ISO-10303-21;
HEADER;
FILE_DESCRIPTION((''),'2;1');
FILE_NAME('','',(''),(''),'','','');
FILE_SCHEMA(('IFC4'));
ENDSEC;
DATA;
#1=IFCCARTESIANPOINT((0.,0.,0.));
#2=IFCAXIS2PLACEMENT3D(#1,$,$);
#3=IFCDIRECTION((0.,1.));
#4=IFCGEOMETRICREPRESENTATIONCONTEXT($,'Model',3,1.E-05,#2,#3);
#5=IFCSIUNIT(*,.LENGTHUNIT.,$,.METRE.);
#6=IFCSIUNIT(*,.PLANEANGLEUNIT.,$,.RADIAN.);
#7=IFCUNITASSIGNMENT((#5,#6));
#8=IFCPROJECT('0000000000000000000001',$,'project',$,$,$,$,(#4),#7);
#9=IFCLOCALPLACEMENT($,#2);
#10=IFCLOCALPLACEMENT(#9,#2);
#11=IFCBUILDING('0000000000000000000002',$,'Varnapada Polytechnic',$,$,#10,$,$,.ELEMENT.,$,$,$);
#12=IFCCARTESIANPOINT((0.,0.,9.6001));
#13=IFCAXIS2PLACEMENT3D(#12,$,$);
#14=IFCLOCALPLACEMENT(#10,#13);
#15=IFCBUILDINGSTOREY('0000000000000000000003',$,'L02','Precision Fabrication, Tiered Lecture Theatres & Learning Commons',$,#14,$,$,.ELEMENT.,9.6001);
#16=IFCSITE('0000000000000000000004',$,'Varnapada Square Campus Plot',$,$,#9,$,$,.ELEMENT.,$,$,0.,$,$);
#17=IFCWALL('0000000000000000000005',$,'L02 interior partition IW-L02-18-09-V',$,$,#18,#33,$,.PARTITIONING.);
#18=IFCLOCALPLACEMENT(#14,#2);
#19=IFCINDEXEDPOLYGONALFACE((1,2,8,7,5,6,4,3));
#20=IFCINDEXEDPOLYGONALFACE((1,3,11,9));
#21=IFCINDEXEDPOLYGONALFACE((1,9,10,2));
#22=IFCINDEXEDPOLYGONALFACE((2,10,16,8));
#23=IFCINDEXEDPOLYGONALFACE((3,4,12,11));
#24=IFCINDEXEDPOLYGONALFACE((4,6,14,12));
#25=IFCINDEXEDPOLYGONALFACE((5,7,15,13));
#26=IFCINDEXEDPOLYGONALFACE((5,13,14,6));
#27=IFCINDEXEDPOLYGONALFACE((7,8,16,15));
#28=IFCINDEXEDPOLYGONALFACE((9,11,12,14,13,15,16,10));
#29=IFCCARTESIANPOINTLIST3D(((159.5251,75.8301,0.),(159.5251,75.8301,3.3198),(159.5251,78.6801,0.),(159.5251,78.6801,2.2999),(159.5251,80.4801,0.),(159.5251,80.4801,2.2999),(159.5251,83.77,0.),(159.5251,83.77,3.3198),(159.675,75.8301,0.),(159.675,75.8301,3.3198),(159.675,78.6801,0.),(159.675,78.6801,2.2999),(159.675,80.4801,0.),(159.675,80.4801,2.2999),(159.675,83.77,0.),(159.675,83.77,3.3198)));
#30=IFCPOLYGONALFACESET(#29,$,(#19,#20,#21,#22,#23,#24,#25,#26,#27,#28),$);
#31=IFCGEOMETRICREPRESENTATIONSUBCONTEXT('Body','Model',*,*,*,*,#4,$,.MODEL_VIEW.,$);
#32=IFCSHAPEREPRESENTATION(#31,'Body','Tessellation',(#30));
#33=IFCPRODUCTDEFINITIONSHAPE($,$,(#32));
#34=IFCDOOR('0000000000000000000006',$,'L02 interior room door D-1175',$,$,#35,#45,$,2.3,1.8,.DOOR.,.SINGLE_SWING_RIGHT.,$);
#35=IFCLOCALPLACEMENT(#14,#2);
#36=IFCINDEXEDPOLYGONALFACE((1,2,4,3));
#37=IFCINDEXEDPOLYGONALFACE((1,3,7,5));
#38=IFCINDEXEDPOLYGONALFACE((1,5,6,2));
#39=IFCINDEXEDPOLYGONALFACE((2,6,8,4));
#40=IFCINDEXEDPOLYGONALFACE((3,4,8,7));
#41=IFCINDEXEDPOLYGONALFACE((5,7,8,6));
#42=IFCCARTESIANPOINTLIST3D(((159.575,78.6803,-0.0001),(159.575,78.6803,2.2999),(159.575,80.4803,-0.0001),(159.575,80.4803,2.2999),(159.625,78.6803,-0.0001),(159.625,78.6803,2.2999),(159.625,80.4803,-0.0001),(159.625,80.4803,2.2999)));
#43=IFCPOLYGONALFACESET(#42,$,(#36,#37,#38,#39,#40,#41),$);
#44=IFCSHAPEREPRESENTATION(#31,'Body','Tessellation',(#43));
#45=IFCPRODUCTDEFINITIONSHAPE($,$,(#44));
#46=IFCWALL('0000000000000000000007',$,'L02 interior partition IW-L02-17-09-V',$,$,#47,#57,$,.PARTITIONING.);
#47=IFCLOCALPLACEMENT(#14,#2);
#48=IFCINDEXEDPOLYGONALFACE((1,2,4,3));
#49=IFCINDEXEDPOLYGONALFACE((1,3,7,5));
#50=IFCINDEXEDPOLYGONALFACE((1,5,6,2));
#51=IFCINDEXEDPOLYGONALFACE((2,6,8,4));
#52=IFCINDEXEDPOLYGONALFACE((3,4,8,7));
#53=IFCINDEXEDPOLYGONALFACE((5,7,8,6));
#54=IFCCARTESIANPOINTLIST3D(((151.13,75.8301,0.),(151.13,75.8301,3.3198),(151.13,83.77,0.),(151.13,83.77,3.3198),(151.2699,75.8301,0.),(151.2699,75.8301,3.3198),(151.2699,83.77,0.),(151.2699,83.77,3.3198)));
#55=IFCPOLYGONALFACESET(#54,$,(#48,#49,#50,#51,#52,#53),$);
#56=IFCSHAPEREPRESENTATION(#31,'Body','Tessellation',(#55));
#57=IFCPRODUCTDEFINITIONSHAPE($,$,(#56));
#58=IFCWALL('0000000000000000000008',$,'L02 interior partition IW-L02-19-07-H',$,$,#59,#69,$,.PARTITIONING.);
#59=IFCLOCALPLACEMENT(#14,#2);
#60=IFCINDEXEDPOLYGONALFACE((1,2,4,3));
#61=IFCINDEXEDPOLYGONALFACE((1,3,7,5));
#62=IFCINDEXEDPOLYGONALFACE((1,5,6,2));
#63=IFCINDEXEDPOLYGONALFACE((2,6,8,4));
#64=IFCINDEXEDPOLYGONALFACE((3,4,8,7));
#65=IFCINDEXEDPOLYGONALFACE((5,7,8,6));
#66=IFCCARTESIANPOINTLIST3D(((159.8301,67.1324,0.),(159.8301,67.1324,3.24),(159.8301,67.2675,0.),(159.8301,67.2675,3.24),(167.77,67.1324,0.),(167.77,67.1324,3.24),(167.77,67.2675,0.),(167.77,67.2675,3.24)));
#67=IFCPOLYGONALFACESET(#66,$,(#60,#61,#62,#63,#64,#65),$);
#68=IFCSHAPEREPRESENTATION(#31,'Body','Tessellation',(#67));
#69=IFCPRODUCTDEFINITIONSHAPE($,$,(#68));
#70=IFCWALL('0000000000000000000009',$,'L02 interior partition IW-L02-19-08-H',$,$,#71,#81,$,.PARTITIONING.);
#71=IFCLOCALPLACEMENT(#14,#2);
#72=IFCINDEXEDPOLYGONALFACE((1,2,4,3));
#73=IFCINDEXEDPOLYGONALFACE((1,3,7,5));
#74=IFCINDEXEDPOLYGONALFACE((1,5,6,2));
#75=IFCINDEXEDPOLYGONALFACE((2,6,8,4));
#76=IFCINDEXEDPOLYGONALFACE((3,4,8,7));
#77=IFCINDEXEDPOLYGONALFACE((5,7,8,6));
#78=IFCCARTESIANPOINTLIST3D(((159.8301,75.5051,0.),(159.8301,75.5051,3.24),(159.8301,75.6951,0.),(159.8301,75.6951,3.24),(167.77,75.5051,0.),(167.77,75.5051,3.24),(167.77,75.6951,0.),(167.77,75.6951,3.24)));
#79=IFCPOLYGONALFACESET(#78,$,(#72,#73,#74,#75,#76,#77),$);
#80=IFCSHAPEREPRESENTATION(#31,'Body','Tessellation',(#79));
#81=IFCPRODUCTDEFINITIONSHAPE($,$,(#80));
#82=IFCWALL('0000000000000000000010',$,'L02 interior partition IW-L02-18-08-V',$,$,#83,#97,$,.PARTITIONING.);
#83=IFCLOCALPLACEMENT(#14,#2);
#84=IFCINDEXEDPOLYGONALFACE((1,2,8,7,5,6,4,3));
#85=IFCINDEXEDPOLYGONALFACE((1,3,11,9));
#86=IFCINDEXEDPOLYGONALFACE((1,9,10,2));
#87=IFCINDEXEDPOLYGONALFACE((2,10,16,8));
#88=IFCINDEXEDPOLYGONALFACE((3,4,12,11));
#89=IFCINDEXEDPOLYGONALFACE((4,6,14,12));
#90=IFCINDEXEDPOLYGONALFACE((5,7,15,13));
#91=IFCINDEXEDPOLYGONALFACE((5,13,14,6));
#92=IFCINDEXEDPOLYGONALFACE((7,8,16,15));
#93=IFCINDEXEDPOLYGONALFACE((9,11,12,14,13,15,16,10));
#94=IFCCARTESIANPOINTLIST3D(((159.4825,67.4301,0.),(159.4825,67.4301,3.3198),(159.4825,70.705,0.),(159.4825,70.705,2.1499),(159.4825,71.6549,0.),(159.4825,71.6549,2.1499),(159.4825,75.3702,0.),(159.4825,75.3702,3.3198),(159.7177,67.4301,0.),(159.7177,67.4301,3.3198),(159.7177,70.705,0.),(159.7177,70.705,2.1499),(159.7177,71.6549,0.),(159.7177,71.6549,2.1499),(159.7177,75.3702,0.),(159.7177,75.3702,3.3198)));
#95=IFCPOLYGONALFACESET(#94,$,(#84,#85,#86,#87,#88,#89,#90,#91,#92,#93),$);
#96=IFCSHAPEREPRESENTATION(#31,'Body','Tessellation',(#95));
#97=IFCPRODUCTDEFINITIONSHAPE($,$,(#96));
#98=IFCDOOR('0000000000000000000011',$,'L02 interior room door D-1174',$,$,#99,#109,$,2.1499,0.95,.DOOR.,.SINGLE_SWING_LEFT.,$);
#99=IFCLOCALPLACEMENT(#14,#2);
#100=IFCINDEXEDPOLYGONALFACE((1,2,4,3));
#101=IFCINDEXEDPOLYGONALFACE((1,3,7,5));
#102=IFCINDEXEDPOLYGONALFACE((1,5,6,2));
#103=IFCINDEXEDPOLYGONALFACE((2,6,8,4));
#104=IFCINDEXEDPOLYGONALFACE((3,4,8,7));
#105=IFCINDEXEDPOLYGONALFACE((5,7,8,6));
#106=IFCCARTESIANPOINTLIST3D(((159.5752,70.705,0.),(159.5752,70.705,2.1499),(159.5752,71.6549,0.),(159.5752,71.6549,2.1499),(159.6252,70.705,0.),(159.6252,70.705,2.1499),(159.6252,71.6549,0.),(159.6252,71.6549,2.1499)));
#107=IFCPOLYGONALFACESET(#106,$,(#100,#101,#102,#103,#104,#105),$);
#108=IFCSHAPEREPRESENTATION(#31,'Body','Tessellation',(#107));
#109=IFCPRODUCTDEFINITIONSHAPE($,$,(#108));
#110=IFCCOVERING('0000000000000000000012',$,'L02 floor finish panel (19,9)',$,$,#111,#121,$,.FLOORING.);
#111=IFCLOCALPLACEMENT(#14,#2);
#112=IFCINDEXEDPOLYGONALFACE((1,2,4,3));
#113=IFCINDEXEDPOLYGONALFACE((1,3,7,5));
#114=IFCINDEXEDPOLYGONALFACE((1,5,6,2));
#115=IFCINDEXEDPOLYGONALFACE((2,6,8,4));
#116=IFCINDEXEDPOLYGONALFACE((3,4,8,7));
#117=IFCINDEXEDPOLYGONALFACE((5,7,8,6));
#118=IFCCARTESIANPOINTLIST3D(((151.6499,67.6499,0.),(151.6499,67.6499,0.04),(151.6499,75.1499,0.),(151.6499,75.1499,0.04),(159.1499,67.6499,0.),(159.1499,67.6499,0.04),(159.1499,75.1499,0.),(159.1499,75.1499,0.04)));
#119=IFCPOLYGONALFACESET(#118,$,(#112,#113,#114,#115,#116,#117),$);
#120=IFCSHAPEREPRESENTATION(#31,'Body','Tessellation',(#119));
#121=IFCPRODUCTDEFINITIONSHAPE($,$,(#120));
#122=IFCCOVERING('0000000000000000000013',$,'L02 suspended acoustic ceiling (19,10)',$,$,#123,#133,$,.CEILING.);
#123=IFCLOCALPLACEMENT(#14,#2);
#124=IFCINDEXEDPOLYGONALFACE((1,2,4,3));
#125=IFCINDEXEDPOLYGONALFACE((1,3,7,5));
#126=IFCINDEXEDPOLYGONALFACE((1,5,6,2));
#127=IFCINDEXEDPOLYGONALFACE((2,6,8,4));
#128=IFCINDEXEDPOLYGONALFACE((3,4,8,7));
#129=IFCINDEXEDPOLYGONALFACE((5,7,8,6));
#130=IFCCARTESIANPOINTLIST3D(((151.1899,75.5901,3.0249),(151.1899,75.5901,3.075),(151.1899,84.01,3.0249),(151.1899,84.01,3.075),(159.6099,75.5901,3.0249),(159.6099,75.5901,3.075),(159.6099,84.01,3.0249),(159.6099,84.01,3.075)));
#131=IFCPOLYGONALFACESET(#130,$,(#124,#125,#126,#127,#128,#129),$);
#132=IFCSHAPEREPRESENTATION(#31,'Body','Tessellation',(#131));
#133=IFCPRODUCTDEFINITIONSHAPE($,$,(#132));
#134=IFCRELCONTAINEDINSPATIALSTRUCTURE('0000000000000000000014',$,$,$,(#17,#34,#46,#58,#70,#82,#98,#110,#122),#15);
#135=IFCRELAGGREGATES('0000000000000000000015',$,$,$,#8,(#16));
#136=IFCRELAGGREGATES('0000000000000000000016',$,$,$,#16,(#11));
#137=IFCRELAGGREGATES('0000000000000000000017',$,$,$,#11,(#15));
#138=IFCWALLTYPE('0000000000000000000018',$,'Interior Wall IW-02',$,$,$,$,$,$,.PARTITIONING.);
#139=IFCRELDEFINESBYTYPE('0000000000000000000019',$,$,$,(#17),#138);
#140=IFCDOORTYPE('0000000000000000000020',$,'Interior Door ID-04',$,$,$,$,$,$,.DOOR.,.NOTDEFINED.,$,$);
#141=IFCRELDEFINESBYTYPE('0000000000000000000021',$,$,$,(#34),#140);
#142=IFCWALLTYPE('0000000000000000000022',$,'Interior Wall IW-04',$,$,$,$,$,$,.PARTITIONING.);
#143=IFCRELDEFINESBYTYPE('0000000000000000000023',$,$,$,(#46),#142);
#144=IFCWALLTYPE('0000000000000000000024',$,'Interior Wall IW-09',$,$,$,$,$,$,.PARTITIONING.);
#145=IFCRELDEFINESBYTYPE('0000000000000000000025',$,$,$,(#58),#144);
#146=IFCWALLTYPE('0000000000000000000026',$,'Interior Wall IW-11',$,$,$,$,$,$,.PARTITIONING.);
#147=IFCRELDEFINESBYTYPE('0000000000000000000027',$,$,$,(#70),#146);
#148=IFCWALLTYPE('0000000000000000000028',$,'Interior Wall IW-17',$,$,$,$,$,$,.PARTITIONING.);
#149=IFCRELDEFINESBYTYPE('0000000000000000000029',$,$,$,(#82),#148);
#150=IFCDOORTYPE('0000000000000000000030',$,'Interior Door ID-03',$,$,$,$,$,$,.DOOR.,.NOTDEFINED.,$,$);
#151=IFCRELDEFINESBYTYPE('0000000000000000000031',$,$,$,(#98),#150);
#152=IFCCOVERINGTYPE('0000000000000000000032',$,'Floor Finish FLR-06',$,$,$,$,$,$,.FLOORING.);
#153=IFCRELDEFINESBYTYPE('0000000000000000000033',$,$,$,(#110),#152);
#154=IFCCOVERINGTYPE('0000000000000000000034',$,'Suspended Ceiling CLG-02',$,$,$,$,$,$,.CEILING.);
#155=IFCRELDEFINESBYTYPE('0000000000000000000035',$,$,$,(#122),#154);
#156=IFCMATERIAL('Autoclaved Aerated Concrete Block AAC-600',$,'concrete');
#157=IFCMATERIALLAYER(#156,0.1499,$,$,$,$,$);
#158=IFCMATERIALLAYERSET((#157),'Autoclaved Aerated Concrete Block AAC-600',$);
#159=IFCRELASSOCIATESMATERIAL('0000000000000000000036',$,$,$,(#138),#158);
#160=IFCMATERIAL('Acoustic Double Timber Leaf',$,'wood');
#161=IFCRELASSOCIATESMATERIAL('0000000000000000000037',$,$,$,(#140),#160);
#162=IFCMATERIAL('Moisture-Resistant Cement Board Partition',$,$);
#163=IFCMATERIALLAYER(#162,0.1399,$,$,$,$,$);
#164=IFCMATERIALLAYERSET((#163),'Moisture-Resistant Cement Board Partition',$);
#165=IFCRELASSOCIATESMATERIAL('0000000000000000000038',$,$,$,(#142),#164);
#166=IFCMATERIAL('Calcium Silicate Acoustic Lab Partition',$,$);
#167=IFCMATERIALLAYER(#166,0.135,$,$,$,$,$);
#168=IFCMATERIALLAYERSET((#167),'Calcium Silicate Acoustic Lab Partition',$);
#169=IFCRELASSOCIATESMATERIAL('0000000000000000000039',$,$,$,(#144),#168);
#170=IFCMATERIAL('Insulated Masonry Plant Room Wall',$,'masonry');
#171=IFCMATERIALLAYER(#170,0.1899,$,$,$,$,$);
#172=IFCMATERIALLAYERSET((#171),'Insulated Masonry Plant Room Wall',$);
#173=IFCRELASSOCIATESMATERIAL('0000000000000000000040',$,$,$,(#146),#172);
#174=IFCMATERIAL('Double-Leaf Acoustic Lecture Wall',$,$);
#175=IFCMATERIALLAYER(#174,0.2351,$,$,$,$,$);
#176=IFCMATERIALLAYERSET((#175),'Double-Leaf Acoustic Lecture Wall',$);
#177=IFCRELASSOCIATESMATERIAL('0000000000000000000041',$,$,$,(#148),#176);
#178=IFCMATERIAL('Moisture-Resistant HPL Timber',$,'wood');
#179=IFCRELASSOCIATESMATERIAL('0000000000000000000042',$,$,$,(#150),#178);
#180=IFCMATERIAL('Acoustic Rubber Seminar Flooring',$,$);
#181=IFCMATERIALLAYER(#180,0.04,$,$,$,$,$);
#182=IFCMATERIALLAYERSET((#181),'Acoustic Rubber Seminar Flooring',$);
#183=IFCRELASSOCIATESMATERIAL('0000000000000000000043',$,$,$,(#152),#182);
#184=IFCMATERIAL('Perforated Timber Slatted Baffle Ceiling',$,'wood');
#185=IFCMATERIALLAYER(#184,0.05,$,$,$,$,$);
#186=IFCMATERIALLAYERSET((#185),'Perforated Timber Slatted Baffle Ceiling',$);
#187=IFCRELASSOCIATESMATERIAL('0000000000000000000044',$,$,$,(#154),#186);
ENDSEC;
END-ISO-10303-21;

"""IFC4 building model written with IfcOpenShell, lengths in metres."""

from ifc_helpers import new_model, si_unit, direction, frame, frame_2d, origin, origin_2d, place, context, subcontext, project, spatial, rectangle, extrude, material, layer, layer_set, type_object, element, fill, save


model = new_model("IFC4")

# Units and contexts
model_context = context("Model", 3, precision=1e-05, world=origin(), true_north=direction((0.0, 1.0)))
body_context = subcontext(model_context, "Body", "Model", "MODEL_VIEW")
ifc_project = project(units=[si_unit("LENGTHUNIT", "METRE"), si_unit("PLANEANGLEUNIT", "RADIAN")], contexts=[model_context])

# Site, building, storey
site_placement = place(None, origin())
site = spatial("IfcSite", under=ifc_project, at=site_placement, Name="Varnapada Square Campus Plot", CompositionType="ELEMENT", RefElevation=0.0)
building_placement = place(site_placement, origin())
building = spatial("IfcBuilding", under=site, at=building_placement, Name="Varnapada Polytechnic", CompositionType="ELEMENT")
storey_placement = place(building_placement, frame((0.0, 0.0, 9.6001)))
storey = spatial("IfcBuildingStorey", under=building, at=storey_placement, Name="L02", Description="Precision Fabrication, Tiered Lecture Theatres & Learning Commons", CompositionType="ELEMENT", Elevation=9.6001)

# Wall, opening, door
ifc_material_1 = material(Name="Autoclaved Aerated Concrete Block AAC-600", Category="concrete")
ifc_layer_1 = layer(ifc_material_1, 0.1499)
ifc_layer_set_1 = layer_set([ifc_layer_1], Name="Autoclaved Aerated Concrete Block AAC-600")
wall_type_1 = type_object("IfcWallType", Name="Interior Wall IW-02", PredefinedType="PARTITIONING", material=ifc_layer_set_1)
wall_1_placement = place(storey_placement, frame((159.6001, 75.8301, 0.0), z_axis=(0.0, 0.0, 1.0), x_axis=(0.0, 1.0, 0.0)))
wall_1 = element("IfcWall", 1, at=wall_1_placement, inside=storey, type_object=wall_type_1, Name="L02 interior partition IW-L02-18-09-V", PredefinedType="PARTITIONING", context=body_context, shape_type="SweptSolid", body=[
    extrude(rectangle(XDim=7.9399, YDim=0.1499, at=frame_2d((3.97, 0.0))), origin(), (0.0, 0.0, 1.0), 3.3198),
])
opening_1_placement = place(wall_1_placement, frame((2.8501, 0.0, 0.0)))
opening_1 = element("IfcOpeningElement", 2, at=opening_1_placement, cuts=wall_1, PredefinedType="OPENING", context=body_context, shape_type="SweptSolid", body=[
    extrude(rectangle(XDim=1.8, YDim=2.3, at=frame_2d((0.8999, 1.1499))), frame((0.0, 0.085, 0.0), z_axis=(0.0, -1.0, 0.0), x_axis=(1.0, 0.0, 0.0)), (0.0, 0.0, 1.0), 0.1699),
])
ifc_material_2 = material(Name="Acoustic Double Timber Leaf", Category="wood")
door_type_1 = type_object("IfcDoorType", Name="Interior Door ID-04", OperationType="NOTDEFINED", PredefinedType="DOOR", material=ifc_material_2)
door_1_placement = place(opening_1_placement, frame((1.8, 0.0, 0.0), z_axis=(0.0, 0.0, 1.0), x_axis=(-1.0, 0.0, 0.0)))
door_1 = element("IfcDoor", 3, at=door_1_placement, inside=storey, type_object=door_type_1, Name="L02 interior room door D-1175", OperationType="SINGLE_SWING_RIGHT", OverallHeight=2.3, OverallWidth=1.8, PredefinedType="DOOR", context=body_context, shape_type="SweptSolid", body=[
    extrude(rectangle(XDim=1.8, YDim=2.3, at=frame_2d((0.8999, 1.1499))), frame((0.0, 0.0249, 0.0), z_axis=(0.0, -1.0, 0.0), x_axis=(1.0, 0.0, 0.0)), (0.0, 0.0, 1.0), 0.05),
])
fill(opening_1, door_1)

# Walls
ifc_material_3 = material(Name="Moisture-Resistant Cement Board Partition")
ifc_layer_2 = layer(ifc_material_3, 0.1399)
ifc_layer_set_2 = layer_set([ifc_layer_2], Name="Moisture-Resistant Cement Board Partition")
wall_type_2 = type_object("IfcWallType", Name="Interior Wall IW-04", PredefinedType="PARTITIONING", material=ifc_layer_set_2)
wall_2_placement = place(storey_placement, frame((151.2, 75.8301, 0.0), z_axis=(0.0, 0.0, 1.0), x_axis=(0.0, 1.0, 0.0)))
element("IfcWall", 4, at=wall_2_placement, inside=storey, type_object=wall_type_2, Name="L02 interior partition IW-L02-17-09-V", PredefinedType="PARTITIONING", context=body_context, shape_type="SweptSolid", body=[
    extrude(rectangle(XDim=7.9399, YDim=0.1399, at=frame_2d((3.97, 0.0))), origin(), (0.0, 0.0, 1.0), 3.3198),
])
ifc_material_4 = material(Name="Calcium Silicate Acoustic Lab Partition")
ifc_layer_3 = layer(ifc_material_4, 0.135)
ifc_layer_set_3 = layer_set([ifc_layer_3], Name="Calcium Silicate Acoustic Lab Partition")
wall_type_3 = type_object("IfcWallType", Name="Interior Wall IW-09", PredefinedType="PARTITIONING", material=ifc_layer_set_3)
wall_3_placement = place(storey_placement, frame((159.8301, 67.2, 0.0), z_axis=(0.0, 0.0, 1.0), x_axis=(1.0, 0.0, 0.0)))
element("IfcWall", 5, at=wall_3_placement, inside=storey, type_object=wall_type_3, Name="L02 interior partition IW-L02-19-07-H", PredefinedType="PARTITIONING", context=body_context, shape_type="SweptSolid", body=[
    extrude(rectangle(XDim=7.9399, YDim=0.135, at=frame_2d((3.97, 0.0))), origin(), (0.0, 0.0, 1.0), 3.24),
])
ifc_material_5 = material(Name="Insulated Masonry Plant Room Wall", Category="masonry")
ifc_layer_4 = layer(ifc_material_5, 0.1899)
ifc_layer_set_4 = layer_set([ifc_layer_4], Name="Insulated Masonry Plant Room Wall")
wall_type_4 = type_object("IfcWallType", Name="Interior Wall IW-11", PredefinedType="PARTITIONING", material=ifc_layer_set_4)
wall_4_placement = place(storey_placement, frame((159.8301, 75.6001, 0.0), z_axis=(0.0, 0.0, 1.0), x_axis=(1.0, 0.0, 0.0)))
element("IfcWall", 6, at=wall_4_placement, inside=storey, type_object=wall_type_4, Name="L02 interior partition IW-L02-19-08-H", PredefinedType="PARTITIONING", context=body_context, shape_type="SweptSolid", body=[
    extrude(rectangle(XDim=7.9399, YDim=0.1899, at=frame_2d((3.97, 0.0))), origin(), (0.0, 0.0, 1.0), 3.24),
])

# Wall, opening, door
ifc_material_6 = material(Name="Double-Leaf Acoustic Lecture Wall")
ifc_layer_5 = layer(ifc_material_6, 0.2351)
ifc_layer_set_5 = layer_set([ifc_layer_5], Name="Double-Leaf Acoustic Lecture Wall")
wall_type_5 = type_object("IfcWallType", Name="Interior Wall IW-17", PredefinedType="PARTITIONING", material=ifc_layer_set_5)
wall_5_placement = place(storey_placement, frame((159.6001, 67.4299, 0.0), z_axis=(0.0, 0.0, 1.0), x_axis=(0.0, 1.0, 0.0)))
wall_5 = element("IfcWall", 7, at=wall_5_placement, inside=storey, type_object=wall_type_5, Name="L02 interior partition IW-L02-18-08-V", PredefinedType="PARTITIONING", context=body_context, shape_type="SweptSolid", body=[
    extrude(rectangle(XDim=7.9402, YDim=0.2351, at=frame_2d((3.9702, 0.0))), origin(), (0.0, 0.0, 1.0), 3.3198),
])
opening_2_placement = place(wall_5_placement, frame((3.2749, 0.0, 0.0)))
opening_2 = element("IfcOpeningElement", 8, at=opening_2_placement, cuts=wall_5, PredefinedType="OPENING", context=body_context, shape_type="SweptSolid", body=[
    extrude(rectangle(XDim=0.95, YDim=2.1499, at=frame_2d((0.4751, 1.075))), frame((0.0, 0.1274, 0.0), z_axis=(0.0, -1.0, 0.0), x_axis=(1.0, 0.0, 0.0)), (0.0, 0.0, 1.0), 0.2551),
])
ifc_material_7 = material(Name="Moisture-Resistant HPL Timber", Category="wood")
door_type_2 = type_object("IfcDoorType", Name="Interior Door ID-03", OperationType="NOTDEFINED", PredefinedType="DOOR", material=ifc_material_7)
door_2_placement = place(opening_2_placement, origin())
door_2 = element("IfcDoor", 9, at=door_2_placement, inside=storey, type_object=door_type_2, Name="L02 interior room door D-1174", OperationType="SINGLE_SWING_LEFT", OverallHeight=2.1499, OverallWidth=0.95, PredefinedType="DOOR", context=body_context, shape_type="SweptSolid", body=[
    extrude(rectangle(XDim=0.95, YDim=2.1499, at=frame_2d((0.4751, 1.075))), frame((0.0, 0.0249, 0.0), z_axis=(0.0, -1.0, 0.0), x_axis=(1.0, 0.0, 0.0)), (0.0, 0.0, 1.0), 0.05),
])
fill(opening_2, door_2)

# Coverings
ifc_material_8 = material(Name="Acoustic Rubber Seminar Flooring")
ifc_layer_6 = layer(ifc_material_8, 0.04)
ifc_layer_set_6 = layer_set([ifc_layer_6], Name="Acoustic Rubber Seminar Flooring")
covering_type_1 = type_object("IfcCoveringType", Name="Floor Finish FLR-06", PredefinedType="FLOORING", material=ifc_layer_set_6)
covering_1_placement = place(storey_placement, frame((155.3999, 71.3999, 0.0), z_axis=(0.0, 0.0, 1.0), x_axis=(1.0, 0.0, 0.0)))
element("IfcCovering", 10, at=covering_1_placement, inside=storey, type_object=covering_type_1, Name="L02 floor finish panel (19,9)", PredefinedType="FLOORING", context=body_context, shape_type="SweptSolid", body=[
    extrude(rectangle(XDim=7.5, YDim=7.5, at=origin_2d()), origin(), (0.0, 0.0, 1.0), 0.04),
])
ifc_material_9 = material(Name="Perforated Timber Slatted Baffle Ceiling", Category="wood")
ifc_layer_7 = layer(ifc_material_9, 0.05)
ifc_layer_set_7 = layer_set([ifc_layer_7], Name="Perforated Timber Slatted Baffle Ceiling")
covering_type_2 = type_object("IfcCoveringType", Name="Suspended Ceiling CLG-02", PredefinedType="CEILING", material=ifc_layer_set_7)
covering_2_placement = place(storey_placement, frame((155.3999, 79.8, 3.0249), z_axis=(0.0, 0.0, 1.0), x_axis=(1.0, 0.0, 0.0)))
element("IfcCovering", 11, at=covering_2_placement, inside=storey, type_object=covering_type_2, Name="L02 suspended acoustic ceiling (19,10)", PredefinedType="CEILING", context=body_context, shape_type="SweptSolid", body=[
    extrude(rectangle(XDim=8.4199, YDim=8.4199, at=origin_2d()), origin(), (0.0, 0.0, 1.0), 0.05),
])

save(model, "model.ifc")
